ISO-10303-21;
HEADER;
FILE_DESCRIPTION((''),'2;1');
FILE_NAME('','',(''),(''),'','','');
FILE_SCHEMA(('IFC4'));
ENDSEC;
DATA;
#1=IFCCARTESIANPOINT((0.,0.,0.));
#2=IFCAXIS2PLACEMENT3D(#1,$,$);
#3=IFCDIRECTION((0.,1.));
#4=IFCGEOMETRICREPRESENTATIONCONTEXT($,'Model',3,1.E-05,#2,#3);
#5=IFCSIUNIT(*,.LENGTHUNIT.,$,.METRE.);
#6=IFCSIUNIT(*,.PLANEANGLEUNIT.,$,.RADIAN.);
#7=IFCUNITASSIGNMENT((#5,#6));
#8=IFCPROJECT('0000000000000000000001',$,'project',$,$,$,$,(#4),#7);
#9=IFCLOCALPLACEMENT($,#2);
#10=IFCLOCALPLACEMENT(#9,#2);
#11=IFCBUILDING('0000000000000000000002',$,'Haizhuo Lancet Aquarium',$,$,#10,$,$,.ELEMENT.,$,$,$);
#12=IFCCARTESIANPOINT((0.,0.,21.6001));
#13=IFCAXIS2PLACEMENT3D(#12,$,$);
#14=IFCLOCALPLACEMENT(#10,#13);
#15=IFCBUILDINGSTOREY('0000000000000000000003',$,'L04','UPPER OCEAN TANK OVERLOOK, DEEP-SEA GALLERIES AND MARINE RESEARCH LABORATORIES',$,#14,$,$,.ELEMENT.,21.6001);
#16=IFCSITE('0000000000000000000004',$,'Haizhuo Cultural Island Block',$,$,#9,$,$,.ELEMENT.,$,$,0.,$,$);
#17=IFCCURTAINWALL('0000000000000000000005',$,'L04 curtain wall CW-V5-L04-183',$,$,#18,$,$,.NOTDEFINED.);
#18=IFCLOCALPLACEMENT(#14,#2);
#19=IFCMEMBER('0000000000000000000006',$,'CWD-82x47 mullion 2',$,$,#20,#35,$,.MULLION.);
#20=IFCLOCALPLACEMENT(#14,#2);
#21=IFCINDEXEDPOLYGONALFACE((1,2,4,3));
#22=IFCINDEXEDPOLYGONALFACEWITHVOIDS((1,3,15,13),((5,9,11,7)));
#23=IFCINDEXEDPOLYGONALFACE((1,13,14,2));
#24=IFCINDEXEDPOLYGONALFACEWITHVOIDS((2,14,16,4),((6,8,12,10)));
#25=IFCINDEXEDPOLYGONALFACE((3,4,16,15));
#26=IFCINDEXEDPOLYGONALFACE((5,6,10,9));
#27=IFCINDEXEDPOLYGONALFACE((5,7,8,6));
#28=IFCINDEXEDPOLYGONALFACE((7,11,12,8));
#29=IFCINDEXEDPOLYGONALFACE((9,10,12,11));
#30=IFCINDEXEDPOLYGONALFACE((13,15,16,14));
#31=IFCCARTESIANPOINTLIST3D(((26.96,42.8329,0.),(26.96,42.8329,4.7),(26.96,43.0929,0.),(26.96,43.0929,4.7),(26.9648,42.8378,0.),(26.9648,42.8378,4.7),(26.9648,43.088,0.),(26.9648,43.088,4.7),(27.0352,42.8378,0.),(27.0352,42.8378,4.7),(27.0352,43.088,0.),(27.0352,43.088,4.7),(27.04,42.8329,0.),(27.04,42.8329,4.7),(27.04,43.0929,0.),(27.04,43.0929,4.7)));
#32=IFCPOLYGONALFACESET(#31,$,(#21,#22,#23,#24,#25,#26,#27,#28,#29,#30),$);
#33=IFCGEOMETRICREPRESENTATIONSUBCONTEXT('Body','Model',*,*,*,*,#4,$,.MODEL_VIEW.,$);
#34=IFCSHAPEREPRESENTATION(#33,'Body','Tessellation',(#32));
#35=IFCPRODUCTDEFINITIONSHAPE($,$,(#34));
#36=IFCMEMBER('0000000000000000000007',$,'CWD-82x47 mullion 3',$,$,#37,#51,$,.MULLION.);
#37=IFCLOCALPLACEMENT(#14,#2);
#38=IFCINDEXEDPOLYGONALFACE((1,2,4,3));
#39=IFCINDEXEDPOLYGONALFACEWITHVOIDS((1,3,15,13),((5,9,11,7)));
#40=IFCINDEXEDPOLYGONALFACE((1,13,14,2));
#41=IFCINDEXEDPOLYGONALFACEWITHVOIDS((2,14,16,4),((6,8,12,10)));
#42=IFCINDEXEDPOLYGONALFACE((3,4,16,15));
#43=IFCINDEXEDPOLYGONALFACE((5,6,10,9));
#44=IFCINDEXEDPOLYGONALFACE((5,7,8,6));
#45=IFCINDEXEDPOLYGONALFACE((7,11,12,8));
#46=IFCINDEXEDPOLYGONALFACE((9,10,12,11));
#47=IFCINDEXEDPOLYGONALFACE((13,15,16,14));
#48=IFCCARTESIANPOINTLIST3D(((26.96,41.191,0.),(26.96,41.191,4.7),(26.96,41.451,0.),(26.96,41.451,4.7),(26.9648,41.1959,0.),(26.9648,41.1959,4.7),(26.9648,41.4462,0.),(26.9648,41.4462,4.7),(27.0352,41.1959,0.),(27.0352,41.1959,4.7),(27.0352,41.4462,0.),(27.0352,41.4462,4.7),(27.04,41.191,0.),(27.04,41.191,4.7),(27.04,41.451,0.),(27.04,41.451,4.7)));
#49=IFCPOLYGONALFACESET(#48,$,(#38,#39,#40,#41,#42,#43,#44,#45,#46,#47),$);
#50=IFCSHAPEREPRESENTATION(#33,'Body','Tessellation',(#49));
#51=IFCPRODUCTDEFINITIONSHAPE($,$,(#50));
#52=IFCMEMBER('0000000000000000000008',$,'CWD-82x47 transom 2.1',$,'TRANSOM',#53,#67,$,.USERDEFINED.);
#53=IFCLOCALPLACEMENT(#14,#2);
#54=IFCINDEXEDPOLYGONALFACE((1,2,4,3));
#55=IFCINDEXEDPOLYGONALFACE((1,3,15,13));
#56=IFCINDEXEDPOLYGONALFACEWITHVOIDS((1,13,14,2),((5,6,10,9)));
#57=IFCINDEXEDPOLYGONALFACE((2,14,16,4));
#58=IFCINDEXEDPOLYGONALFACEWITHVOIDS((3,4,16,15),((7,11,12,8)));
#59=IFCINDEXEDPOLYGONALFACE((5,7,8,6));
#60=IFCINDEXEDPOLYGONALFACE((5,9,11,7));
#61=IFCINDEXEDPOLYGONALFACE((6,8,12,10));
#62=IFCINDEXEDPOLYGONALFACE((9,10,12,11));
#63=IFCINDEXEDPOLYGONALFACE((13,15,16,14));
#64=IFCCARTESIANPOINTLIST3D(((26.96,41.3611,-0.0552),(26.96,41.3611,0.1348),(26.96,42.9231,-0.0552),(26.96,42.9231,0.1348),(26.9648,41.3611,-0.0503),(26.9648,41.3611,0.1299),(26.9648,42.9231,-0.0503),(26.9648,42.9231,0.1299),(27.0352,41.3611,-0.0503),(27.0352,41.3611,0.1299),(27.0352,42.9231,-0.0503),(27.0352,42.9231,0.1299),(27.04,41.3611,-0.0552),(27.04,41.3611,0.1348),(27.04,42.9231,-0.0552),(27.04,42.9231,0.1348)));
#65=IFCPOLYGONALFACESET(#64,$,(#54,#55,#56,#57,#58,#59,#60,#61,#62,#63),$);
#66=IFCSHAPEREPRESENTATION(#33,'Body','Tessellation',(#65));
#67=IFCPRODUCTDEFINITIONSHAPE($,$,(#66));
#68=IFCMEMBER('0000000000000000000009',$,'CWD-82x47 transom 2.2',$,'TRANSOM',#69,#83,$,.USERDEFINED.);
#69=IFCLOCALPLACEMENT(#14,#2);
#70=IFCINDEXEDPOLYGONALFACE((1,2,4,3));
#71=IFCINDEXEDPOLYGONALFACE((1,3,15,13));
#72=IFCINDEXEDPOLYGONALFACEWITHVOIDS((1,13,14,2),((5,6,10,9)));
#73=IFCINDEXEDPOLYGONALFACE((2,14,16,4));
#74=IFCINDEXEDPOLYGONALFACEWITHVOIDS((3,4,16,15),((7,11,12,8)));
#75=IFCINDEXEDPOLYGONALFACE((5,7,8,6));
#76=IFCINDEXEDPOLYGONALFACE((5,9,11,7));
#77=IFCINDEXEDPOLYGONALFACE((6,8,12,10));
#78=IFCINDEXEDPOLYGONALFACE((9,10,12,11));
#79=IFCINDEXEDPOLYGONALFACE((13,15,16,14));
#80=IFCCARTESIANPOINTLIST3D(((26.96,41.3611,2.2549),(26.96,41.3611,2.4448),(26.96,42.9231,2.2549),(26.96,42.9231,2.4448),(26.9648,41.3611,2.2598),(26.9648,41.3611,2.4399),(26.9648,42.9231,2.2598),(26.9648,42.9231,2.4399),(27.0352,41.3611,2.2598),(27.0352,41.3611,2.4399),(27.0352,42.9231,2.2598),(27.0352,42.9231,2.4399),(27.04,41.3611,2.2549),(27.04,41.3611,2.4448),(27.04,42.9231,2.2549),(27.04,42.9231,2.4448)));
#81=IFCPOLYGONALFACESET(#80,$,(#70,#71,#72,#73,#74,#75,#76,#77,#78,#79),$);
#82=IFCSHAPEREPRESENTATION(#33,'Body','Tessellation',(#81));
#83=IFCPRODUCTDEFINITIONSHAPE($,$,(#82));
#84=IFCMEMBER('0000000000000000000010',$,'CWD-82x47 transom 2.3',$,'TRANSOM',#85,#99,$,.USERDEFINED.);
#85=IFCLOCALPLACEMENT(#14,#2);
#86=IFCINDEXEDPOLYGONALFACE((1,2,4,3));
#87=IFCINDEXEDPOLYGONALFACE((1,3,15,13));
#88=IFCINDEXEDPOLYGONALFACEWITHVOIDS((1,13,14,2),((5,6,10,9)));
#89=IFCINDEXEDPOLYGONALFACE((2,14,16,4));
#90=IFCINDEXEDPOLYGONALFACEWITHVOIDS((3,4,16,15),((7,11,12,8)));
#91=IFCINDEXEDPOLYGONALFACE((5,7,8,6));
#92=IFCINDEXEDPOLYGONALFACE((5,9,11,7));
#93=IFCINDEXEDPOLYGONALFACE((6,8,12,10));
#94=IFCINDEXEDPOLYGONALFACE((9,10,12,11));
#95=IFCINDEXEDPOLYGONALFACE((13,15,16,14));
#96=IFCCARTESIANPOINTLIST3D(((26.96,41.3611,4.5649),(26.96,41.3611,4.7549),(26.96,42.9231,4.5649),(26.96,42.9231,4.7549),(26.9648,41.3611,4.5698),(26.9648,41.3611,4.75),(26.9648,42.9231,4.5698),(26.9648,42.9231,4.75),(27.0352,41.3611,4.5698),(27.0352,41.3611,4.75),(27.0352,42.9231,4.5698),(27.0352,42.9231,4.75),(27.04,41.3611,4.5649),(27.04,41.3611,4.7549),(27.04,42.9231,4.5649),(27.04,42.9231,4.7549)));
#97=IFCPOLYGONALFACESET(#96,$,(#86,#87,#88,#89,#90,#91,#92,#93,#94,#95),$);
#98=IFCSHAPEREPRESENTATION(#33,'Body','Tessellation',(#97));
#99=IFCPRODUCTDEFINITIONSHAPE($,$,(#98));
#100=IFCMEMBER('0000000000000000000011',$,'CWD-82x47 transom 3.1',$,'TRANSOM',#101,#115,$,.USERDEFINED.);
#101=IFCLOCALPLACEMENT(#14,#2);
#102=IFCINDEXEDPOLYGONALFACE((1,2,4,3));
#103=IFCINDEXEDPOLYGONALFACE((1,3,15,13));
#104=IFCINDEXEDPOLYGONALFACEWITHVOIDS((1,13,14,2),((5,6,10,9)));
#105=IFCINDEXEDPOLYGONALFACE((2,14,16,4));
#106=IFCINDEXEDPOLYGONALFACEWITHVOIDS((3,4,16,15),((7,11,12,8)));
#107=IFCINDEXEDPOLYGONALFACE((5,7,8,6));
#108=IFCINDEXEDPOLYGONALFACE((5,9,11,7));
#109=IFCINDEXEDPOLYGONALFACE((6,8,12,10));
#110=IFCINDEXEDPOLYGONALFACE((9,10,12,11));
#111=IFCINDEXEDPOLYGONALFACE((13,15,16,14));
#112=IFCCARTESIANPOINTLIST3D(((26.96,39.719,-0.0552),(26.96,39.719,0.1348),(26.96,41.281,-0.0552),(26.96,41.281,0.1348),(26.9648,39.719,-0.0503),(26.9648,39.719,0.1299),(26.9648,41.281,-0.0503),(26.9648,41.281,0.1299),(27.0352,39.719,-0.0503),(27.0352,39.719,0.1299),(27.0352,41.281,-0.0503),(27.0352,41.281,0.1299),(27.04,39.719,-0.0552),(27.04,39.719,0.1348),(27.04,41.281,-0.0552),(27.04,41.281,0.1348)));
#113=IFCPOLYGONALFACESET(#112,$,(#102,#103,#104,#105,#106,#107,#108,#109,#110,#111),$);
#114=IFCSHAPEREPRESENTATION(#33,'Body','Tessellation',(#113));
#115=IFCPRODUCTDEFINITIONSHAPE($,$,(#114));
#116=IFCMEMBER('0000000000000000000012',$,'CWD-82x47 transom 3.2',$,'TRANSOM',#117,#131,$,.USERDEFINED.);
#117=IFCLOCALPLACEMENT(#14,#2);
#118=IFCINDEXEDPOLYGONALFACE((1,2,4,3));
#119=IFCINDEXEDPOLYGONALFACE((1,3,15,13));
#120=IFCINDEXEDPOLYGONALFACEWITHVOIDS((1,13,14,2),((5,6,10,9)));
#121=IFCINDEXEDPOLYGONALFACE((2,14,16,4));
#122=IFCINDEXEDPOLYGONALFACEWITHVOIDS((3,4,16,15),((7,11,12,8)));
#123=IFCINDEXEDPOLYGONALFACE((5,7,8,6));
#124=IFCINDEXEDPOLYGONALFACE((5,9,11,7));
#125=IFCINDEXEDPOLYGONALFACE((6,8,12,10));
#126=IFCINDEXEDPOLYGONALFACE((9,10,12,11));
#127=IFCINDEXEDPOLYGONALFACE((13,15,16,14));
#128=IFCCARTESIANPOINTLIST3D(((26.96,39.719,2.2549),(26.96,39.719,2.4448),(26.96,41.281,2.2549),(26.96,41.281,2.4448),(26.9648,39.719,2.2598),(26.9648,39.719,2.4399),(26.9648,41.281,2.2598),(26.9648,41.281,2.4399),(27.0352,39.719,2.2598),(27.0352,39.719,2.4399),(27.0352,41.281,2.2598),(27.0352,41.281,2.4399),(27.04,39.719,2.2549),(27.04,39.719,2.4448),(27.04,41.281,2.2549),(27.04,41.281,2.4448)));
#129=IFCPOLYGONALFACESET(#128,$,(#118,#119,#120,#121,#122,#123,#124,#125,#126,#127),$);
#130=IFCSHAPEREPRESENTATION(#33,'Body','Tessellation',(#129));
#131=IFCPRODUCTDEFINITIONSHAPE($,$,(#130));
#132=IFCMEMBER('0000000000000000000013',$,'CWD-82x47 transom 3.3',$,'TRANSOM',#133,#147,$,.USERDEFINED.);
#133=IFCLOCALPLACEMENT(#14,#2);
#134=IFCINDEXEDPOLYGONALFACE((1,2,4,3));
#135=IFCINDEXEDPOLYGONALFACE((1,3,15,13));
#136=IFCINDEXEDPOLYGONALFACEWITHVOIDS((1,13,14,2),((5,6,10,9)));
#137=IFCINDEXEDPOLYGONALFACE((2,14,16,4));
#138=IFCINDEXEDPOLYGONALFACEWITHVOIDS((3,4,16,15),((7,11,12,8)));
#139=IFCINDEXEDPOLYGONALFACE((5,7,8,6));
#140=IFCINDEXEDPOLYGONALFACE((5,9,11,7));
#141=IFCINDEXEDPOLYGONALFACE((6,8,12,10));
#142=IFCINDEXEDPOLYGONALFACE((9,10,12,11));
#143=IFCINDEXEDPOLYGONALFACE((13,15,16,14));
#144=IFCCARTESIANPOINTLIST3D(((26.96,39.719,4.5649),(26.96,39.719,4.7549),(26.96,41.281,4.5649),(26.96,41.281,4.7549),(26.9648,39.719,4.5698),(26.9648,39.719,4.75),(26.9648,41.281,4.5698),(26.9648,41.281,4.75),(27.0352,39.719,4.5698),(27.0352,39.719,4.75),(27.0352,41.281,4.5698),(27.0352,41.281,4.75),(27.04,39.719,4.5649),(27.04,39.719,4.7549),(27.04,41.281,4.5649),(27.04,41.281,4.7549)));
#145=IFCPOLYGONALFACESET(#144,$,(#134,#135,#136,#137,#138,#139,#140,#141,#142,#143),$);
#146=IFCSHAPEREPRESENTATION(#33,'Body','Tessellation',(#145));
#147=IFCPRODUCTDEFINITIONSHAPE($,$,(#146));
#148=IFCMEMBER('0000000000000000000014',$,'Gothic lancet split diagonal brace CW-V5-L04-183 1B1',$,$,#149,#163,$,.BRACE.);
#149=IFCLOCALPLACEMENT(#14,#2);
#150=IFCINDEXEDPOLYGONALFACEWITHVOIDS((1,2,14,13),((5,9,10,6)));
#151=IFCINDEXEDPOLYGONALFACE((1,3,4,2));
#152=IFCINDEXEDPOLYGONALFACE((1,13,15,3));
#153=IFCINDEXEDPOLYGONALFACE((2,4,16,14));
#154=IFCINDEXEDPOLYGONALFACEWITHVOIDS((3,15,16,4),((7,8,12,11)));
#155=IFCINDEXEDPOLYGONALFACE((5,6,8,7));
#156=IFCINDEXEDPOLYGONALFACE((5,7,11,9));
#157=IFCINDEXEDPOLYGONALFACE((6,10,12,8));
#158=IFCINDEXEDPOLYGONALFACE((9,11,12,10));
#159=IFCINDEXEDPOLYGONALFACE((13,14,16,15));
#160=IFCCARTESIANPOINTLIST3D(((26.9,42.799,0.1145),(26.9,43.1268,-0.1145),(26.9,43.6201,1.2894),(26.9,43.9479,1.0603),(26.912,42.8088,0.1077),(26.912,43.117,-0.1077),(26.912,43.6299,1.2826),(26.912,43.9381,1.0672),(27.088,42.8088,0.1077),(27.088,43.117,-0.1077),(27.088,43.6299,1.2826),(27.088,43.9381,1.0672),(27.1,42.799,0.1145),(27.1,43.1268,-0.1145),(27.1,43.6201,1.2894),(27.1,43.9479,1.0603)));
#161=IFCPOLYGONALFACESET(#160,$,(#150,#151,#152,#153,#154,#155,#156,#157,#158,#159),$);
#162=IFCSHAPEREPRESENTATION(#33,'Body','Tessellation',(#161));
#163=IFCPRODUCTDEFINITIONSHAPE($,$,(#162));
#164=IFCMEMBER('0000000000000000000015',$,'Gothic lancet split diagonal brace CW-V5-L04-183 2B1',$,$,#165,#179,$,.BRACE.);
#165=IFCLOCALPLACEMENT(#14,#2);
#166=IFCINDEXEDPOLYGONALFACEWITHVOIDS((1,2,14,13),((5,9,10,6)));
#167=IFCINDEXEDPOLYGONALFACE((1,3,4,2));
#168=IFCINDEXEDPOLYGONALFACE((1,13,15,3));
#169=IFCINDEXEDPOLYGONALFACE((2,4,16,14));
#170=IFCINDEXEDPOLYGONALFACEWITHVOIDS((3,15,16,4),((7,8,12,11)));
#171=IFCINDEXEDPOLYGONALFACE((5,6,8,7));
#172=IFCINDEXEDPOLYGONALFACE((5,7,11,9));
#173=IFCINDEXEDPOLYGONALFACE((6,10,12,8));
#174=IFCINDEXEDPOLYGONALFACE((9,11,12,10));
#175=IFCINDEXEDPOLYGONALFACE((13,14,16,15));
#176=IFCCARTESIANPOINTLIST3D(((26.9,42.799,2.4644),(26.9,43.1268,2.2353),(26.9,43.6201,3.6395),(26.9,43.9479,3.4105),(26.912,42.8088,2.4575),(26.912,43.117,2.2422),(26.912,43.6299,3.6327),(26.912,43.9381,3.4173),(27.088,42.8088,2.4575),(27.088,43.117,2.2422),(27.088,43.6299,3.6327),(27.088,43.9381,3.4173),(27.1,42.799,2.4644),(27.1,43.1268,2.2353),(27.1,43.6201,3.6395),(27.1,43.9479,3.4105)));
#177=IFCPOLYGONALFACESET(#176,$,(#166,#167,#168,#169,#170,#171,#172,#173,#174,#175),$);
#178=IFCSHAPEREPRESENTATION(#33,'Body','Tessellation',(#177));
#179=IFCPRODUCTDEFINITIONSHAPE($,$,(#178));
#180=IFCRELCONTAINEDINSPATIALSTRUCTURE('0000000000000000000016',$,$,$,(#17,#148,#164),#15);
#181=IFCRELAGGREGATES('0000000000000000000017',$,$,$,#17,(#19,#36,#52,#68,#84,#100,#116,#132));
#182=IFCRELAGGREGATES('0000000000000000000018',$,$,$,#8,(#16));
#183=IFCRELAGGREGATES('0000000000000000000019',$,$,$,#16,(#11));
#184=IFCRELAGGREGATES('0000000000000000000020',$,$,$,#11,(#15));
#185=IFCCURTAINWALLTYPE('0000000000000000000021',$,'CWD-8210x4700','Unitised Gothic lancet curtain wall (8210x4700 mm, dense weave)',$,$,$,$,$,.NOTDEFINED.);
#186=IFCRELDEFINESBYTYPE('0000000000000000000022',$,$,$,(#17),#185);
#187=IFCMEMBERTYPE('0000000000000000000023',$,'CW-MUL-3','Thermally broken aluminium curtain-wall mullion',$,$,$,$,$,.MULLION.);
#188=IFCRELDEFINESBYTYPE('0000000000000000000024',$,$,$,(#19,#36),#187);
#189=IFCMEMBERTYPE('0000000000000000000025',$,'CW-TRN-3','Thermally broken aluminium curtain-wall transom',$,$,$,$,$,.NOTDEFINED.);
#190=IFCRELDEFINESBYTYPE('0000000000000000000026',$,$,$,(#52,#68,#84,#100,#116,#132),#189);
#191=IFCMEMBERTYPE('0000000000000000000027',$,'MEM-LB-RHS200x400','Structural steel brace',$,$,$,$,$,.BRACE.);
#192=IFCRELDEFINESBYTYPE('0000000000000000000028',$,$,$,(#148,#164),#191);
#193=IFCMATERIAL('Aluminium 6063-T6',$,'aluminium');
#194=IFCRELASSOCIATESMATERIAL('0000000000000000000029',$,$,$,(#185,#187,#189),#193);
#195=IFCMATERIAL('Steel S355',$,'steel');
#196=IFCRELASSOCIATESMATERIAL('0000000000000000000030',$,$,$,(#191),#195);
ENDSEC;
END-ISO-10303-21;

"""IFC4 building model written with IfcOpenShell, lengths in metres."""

from ifc_helpers import new_model, si_unit, direction, frame, origin, origin_2d, place, context, subcontext, project, spatial, hollow_rectangle, extrude, material, material_profile, profile_set, type_object, element, aggregate, save


model = new_model("IFC4")

# Units and contexts
model_context = context("Model", 3, precision=1e-05, world=origin(), true_north=direction((0.0, 1.0)))
body_context = subcontext(model_context, "Body", "Model", "MODEL_VIEW")
ifc_project = project(units=[si_unit("LENGTHUNIT", "METRE"), si_unit("PLANEANGLEUNIT", "RADIAN")], contexts=[model_context])

# Site, building, storey
site_placement = place(None, origin())
site = spatial("IfcSite", under=ifc_project, at=site_placement, Name="Haizhuo Cultural Island Block", CompositionType="ELEMENT", RefElevation=0.0)
building_placement = place(site_placement, origin())
building = spatial("IfcBuilding", under=site, at=building_placement, Name="Haizhuo Lancet Aquarium", CompositionType="ELEMENT")
storey_placement = place(building_placement, frame((0.0, 0.0, 21.6001)))
storey = spatial("IfcBuildingStorey", under=building, at=storey_placement, Name="L04", Description="UPPER OCEAN TANK OVERLOOK, DEEP-SEA GALLERIES AND MARINE RESEARCH LABORATORIES", CompositionType="ELEMENT", Elevation=21.6001)

# Curtain wall, members
ifc_material_1 = material(Name="Aluminium 6063-T6", Category="aluminium")
curtain_wall_type = type_object("IfcCurtainWallType", Name="CWD-8210x4700", Description="Unitised Gothic lancet curtain wall (8210x4700 mm, dense weave)", PredefinedType="NOTDEFINED", material=ifc_material_1)
curtain_wall_placement = place(storey_placement, origin())
curtain_wall = element("IfcCurtainWall", 1, at=curtain_wall_placement, inside=storey, type_object=curtain_wall_type, Name="L04 curtain wall CW-V5-L04-183", PredefinedType="NOTDEFINED")
ifc_material_profile_1 = material_profile(ifc_material_1, hollow_rectangle(XDim=0.0801, YDim=0.26, WallThickness=0.0049, at=origin_2d()), Name="ALU-M 80x260x5")
ifc_profile_set_1 = profile_set([ifc_material_profile_1], Name="Aluminium 6063-T6")
member_type_1 = type_object("IfcMemberType", Name="CW-MUL-3", Description="Thermally broken aluminium curtain-wall mullion", PredefinedType="MULLION", material=ifc_profile_set_1)
member_1_placement = place(storey_placement, frame((27.0, 42.9629, 0.0), z_axis=(0.0, 0.0, 1.0), x_axis=(1.0, 0.0, 0.0)))
member_1 = element("IfcMember", 2, at=member_1_placement, type_object=member_type_1, Name="CWD-82x47 mullion 2", PredefinedType="MULLION", context=body_context, shape_type="SweptSolid", body=[
    extrude(hollow_rectangle(XDim=0.0801, YDim=0.26, WallThickness=0.0049, at=origin_2d()), origin(), (0.0, 0.0, 1.0), 4.7),
])
member_2_placement = place(storey_placement, frame((27.0, 41.321, 0.0), z_axis=(0.0, 0.0, 1.0), x_axis=(1.0, 0.0, 0.0)))
member_2 = element("IfcMember", 3, at=member_2_placement, type_object=member_type_1, Name="CWD-82x47 mullion 3", PredefinedType="MULLION", context=body_context, shape_type="SweptSolid", body=[
    extrude(hollow_rectangle(XDim=0.0801, YDim=0.26, WallThickness=0.0049, at=origin_2d()), origin(), (0.0, 0.0, 1.0), 4.7),
])
ifc_material_profile_2 = material_profile(ifc_material_1, hollow_rectangle(XDim=0.0801, YDim=0.1899, WallThickness=0.0049, at=origin_2d()), Name="ALU-T 80x190x5")
ifc_profile_set_2 = profile_set([ifc_material_profile_2], Name="Aluminium 6063-T6")
member_type_2 = type_object("IfcMemberType", Name="CW-TRN-3", Description="Thermally broken aluminium curtain-wall transom", PredefinedType="NOTDEFINED", material=ifc_profile_set_2)
member_3_placement = place(storey_placement, frame((27.0, 42.9231, 0.0398), z_axis=(0.0, -1.0, 0.0), x_axis=(1.0, 0.0, 0.0)))
member_3 = element("IfcMember", 4, at=member_3_placement, type_object=member_type_2, Name="CWD-82x47 transom 2.1", ObjectType="TRANSOM", PredefinedType="USERDEFINED", context=body_context, shape_type="SweptSolid", body=[
    extrude(hollow_rectangle(XDim=0.0801, YDim=0.1899, WallThickness=0.0049, at=origin_2d()), origin(), (0.0, 0.0, 1.0), 1.562),
])
member_4_placement = place(storey_placement, frame((27.0, 42.9231, 2.3499), z_axis=(0.0, -1.0, 0.0), x_axis=(1.0, 0.0, 0.0)))
member_4 = element("IfcMember", 5, at=member_4_placement, type_object=member_type_2, Name="CWD-82x47 transom 2.2", ObjectType="TRANSOM", PredefinedType="USERDEFINED", context=body_context, shape_type="SweptSolid", body=[
    extrude(hollow_rectangle(XDim=0.0801, YDim=0.1899, WallThickness=0.0049, at=origin_2d()), origin(), (0.0, 0.0, 1.0), 1.562),
])
member_5_placement = place(storey_placement, frame((27.0, 42.9231, 4.6599), z_axis=(0.0, -1.0, 0.0), x_axis=(1.0, 0.0, 0.0)))
member_5 = element("IfcMember", 6, at=member_5_placement, type_object=member_type_2, Name="CWD-82x47 transom 2.3", ObjectType="TRANSOM", PredefinedType="USERDEFINED", context=body_context, shape_type="SweptSolid", body=[
    extrude(hollow_rectangle(XDim=0.0801, YDim=0.1899, WallThickness=0.0049, at=origin_2d()), origin(), (0.0, 0.0, 1.0), 1.562),
])
member_6_placement = place(storey_placement, frame((27.0, 41.281, 0.0398), z_axis=(0.0, -1.0, 0.0), x_axis=(1.0, 0.0, 0.0)))
member_6 = element("IfcMember", 7, at=member_6_placement, type_object=member_type_2, Name="CWD-82x47 transom 3.1", ObjectType="TRANSOM", PredefinedType="USERDEFINED", context=body_context, shape_type="SweptSolid", body=[
    extrude(hollow_rectangle(XDim=0.0801, YDim=0.1899, WallThickness=0.0049, at=origin_2d()), origin(), (0.0, 0.0, 1.0), 1.562),
])
member_7_placement = place(storey_placement, frame((27.0, 41.281, 2.3499), z_axis=(0.0, -1.0, 0.0), x_axis=(1.0, 0.0, 0.0)))
member_7 = element("IfcMember", 8, at=member_7_placement, type_object=member_type_2, Name="CWD-82x47 transom 3.2", ObjectType="TRANSOM", PredefinedType="USERDEFINED", context=body_context, shape_type="SweptSolid", body=[
    extrude(hollow_rectangle(XDim=0.0801, YDim=0.1899, WallThickness=0.0049, at=origin_2d()), origin(), (0.0, 0.0, 1.0), 1.562),
])
member_8_placement = place(storey_placement, frame((27.0, 41.281, 4.6599), z_axis=(0.0, -1.0, 0.0), x_axis=(1.0, 0.0, 0.0)))
member_8 = element("IfcMember", 9, at=member_8_placement, type_object=member_type_2, Name="CWD-82x47 transom 3.3", ObjectType="TRANSOM", PredefinedType="USERDEFINED", context=body_context, shape_type="SweptSolid", body=[
    extrude(hollow_rectangle(XDim=0.0801, YDim=0.1899, WallThickness=0.0049, at=origin_2d()), origin(), (0.0, 0.0, 1.0), 1.562),
])

# Members
ifc_material_2 = material(Name="Steel S355", Category="steel")
ifc_material_profile_3 = material_profile(ifc_material_2, hollow_rectangle(XDim=0.2, YDim=0.3999, WallThickness=0.012, at=origin_2d()), Name="RHS 200x400x12")
ifc_profile_set_3 = profile_set([ifc_material_profile_3], Name="Steel S355")
member_type_3 = type_object("IfcMemberType", Name="MEM-LB-RHS200x400", Description="Structural steel brace", PredefinedType="BRACE", material=ifc_profile_set_3)
member_9_placement = place(storey_placement, frame((27.0, 42.9629, 0.0), z_axis=(0.0, 0.572845, 0.819664), x_axis=(-1.0, 0.0, 0.0)))
element("IfcMember", 10, at=member_9_placement, inside=storey, type_object=member_type_3, Name="Gothic lancet split diagonal brace CW-V5-L04-183 1B1", PredefinedType="BRACE", context=body_context, shape_type="SweptSolid", body=[
    extrude(hollow_rectangle(XDim=0.2, YDim=0.3999, WallThickness=0.012, at=origin_2d()), origin(), (0.0, 0.0, 1.0), 1.4333),
])
member_10_placement = place(storey_placement, frame((27.0, 42.9629, 2.3499), z_axis=(0.0, 0.572765, 0.81972), x_axis=(-1.0, 0.0, 0.0)))
element("IfcMember", 11, at=member_10_placement, inside=storey, type_object=member_type_3, Name="Gothic lancet split diagonal brace CW-V5-L04-183 2B1", PredefinedType="BRACE", context=body_context, shape_type="SweptSolid", body=[
    extrude(hollow_rectangle(XDim=0.2, YDim=0.3999, WallThickness=0.012, at=origin_2d()), origin(), (0.0, 0.0, 1.0), 1.4336),
])

aggregate(curtain_wall, [member_1, member_2, member_3, member_4, member_5, member_6, member_7, member_8])

save(model, "model.ifc")
